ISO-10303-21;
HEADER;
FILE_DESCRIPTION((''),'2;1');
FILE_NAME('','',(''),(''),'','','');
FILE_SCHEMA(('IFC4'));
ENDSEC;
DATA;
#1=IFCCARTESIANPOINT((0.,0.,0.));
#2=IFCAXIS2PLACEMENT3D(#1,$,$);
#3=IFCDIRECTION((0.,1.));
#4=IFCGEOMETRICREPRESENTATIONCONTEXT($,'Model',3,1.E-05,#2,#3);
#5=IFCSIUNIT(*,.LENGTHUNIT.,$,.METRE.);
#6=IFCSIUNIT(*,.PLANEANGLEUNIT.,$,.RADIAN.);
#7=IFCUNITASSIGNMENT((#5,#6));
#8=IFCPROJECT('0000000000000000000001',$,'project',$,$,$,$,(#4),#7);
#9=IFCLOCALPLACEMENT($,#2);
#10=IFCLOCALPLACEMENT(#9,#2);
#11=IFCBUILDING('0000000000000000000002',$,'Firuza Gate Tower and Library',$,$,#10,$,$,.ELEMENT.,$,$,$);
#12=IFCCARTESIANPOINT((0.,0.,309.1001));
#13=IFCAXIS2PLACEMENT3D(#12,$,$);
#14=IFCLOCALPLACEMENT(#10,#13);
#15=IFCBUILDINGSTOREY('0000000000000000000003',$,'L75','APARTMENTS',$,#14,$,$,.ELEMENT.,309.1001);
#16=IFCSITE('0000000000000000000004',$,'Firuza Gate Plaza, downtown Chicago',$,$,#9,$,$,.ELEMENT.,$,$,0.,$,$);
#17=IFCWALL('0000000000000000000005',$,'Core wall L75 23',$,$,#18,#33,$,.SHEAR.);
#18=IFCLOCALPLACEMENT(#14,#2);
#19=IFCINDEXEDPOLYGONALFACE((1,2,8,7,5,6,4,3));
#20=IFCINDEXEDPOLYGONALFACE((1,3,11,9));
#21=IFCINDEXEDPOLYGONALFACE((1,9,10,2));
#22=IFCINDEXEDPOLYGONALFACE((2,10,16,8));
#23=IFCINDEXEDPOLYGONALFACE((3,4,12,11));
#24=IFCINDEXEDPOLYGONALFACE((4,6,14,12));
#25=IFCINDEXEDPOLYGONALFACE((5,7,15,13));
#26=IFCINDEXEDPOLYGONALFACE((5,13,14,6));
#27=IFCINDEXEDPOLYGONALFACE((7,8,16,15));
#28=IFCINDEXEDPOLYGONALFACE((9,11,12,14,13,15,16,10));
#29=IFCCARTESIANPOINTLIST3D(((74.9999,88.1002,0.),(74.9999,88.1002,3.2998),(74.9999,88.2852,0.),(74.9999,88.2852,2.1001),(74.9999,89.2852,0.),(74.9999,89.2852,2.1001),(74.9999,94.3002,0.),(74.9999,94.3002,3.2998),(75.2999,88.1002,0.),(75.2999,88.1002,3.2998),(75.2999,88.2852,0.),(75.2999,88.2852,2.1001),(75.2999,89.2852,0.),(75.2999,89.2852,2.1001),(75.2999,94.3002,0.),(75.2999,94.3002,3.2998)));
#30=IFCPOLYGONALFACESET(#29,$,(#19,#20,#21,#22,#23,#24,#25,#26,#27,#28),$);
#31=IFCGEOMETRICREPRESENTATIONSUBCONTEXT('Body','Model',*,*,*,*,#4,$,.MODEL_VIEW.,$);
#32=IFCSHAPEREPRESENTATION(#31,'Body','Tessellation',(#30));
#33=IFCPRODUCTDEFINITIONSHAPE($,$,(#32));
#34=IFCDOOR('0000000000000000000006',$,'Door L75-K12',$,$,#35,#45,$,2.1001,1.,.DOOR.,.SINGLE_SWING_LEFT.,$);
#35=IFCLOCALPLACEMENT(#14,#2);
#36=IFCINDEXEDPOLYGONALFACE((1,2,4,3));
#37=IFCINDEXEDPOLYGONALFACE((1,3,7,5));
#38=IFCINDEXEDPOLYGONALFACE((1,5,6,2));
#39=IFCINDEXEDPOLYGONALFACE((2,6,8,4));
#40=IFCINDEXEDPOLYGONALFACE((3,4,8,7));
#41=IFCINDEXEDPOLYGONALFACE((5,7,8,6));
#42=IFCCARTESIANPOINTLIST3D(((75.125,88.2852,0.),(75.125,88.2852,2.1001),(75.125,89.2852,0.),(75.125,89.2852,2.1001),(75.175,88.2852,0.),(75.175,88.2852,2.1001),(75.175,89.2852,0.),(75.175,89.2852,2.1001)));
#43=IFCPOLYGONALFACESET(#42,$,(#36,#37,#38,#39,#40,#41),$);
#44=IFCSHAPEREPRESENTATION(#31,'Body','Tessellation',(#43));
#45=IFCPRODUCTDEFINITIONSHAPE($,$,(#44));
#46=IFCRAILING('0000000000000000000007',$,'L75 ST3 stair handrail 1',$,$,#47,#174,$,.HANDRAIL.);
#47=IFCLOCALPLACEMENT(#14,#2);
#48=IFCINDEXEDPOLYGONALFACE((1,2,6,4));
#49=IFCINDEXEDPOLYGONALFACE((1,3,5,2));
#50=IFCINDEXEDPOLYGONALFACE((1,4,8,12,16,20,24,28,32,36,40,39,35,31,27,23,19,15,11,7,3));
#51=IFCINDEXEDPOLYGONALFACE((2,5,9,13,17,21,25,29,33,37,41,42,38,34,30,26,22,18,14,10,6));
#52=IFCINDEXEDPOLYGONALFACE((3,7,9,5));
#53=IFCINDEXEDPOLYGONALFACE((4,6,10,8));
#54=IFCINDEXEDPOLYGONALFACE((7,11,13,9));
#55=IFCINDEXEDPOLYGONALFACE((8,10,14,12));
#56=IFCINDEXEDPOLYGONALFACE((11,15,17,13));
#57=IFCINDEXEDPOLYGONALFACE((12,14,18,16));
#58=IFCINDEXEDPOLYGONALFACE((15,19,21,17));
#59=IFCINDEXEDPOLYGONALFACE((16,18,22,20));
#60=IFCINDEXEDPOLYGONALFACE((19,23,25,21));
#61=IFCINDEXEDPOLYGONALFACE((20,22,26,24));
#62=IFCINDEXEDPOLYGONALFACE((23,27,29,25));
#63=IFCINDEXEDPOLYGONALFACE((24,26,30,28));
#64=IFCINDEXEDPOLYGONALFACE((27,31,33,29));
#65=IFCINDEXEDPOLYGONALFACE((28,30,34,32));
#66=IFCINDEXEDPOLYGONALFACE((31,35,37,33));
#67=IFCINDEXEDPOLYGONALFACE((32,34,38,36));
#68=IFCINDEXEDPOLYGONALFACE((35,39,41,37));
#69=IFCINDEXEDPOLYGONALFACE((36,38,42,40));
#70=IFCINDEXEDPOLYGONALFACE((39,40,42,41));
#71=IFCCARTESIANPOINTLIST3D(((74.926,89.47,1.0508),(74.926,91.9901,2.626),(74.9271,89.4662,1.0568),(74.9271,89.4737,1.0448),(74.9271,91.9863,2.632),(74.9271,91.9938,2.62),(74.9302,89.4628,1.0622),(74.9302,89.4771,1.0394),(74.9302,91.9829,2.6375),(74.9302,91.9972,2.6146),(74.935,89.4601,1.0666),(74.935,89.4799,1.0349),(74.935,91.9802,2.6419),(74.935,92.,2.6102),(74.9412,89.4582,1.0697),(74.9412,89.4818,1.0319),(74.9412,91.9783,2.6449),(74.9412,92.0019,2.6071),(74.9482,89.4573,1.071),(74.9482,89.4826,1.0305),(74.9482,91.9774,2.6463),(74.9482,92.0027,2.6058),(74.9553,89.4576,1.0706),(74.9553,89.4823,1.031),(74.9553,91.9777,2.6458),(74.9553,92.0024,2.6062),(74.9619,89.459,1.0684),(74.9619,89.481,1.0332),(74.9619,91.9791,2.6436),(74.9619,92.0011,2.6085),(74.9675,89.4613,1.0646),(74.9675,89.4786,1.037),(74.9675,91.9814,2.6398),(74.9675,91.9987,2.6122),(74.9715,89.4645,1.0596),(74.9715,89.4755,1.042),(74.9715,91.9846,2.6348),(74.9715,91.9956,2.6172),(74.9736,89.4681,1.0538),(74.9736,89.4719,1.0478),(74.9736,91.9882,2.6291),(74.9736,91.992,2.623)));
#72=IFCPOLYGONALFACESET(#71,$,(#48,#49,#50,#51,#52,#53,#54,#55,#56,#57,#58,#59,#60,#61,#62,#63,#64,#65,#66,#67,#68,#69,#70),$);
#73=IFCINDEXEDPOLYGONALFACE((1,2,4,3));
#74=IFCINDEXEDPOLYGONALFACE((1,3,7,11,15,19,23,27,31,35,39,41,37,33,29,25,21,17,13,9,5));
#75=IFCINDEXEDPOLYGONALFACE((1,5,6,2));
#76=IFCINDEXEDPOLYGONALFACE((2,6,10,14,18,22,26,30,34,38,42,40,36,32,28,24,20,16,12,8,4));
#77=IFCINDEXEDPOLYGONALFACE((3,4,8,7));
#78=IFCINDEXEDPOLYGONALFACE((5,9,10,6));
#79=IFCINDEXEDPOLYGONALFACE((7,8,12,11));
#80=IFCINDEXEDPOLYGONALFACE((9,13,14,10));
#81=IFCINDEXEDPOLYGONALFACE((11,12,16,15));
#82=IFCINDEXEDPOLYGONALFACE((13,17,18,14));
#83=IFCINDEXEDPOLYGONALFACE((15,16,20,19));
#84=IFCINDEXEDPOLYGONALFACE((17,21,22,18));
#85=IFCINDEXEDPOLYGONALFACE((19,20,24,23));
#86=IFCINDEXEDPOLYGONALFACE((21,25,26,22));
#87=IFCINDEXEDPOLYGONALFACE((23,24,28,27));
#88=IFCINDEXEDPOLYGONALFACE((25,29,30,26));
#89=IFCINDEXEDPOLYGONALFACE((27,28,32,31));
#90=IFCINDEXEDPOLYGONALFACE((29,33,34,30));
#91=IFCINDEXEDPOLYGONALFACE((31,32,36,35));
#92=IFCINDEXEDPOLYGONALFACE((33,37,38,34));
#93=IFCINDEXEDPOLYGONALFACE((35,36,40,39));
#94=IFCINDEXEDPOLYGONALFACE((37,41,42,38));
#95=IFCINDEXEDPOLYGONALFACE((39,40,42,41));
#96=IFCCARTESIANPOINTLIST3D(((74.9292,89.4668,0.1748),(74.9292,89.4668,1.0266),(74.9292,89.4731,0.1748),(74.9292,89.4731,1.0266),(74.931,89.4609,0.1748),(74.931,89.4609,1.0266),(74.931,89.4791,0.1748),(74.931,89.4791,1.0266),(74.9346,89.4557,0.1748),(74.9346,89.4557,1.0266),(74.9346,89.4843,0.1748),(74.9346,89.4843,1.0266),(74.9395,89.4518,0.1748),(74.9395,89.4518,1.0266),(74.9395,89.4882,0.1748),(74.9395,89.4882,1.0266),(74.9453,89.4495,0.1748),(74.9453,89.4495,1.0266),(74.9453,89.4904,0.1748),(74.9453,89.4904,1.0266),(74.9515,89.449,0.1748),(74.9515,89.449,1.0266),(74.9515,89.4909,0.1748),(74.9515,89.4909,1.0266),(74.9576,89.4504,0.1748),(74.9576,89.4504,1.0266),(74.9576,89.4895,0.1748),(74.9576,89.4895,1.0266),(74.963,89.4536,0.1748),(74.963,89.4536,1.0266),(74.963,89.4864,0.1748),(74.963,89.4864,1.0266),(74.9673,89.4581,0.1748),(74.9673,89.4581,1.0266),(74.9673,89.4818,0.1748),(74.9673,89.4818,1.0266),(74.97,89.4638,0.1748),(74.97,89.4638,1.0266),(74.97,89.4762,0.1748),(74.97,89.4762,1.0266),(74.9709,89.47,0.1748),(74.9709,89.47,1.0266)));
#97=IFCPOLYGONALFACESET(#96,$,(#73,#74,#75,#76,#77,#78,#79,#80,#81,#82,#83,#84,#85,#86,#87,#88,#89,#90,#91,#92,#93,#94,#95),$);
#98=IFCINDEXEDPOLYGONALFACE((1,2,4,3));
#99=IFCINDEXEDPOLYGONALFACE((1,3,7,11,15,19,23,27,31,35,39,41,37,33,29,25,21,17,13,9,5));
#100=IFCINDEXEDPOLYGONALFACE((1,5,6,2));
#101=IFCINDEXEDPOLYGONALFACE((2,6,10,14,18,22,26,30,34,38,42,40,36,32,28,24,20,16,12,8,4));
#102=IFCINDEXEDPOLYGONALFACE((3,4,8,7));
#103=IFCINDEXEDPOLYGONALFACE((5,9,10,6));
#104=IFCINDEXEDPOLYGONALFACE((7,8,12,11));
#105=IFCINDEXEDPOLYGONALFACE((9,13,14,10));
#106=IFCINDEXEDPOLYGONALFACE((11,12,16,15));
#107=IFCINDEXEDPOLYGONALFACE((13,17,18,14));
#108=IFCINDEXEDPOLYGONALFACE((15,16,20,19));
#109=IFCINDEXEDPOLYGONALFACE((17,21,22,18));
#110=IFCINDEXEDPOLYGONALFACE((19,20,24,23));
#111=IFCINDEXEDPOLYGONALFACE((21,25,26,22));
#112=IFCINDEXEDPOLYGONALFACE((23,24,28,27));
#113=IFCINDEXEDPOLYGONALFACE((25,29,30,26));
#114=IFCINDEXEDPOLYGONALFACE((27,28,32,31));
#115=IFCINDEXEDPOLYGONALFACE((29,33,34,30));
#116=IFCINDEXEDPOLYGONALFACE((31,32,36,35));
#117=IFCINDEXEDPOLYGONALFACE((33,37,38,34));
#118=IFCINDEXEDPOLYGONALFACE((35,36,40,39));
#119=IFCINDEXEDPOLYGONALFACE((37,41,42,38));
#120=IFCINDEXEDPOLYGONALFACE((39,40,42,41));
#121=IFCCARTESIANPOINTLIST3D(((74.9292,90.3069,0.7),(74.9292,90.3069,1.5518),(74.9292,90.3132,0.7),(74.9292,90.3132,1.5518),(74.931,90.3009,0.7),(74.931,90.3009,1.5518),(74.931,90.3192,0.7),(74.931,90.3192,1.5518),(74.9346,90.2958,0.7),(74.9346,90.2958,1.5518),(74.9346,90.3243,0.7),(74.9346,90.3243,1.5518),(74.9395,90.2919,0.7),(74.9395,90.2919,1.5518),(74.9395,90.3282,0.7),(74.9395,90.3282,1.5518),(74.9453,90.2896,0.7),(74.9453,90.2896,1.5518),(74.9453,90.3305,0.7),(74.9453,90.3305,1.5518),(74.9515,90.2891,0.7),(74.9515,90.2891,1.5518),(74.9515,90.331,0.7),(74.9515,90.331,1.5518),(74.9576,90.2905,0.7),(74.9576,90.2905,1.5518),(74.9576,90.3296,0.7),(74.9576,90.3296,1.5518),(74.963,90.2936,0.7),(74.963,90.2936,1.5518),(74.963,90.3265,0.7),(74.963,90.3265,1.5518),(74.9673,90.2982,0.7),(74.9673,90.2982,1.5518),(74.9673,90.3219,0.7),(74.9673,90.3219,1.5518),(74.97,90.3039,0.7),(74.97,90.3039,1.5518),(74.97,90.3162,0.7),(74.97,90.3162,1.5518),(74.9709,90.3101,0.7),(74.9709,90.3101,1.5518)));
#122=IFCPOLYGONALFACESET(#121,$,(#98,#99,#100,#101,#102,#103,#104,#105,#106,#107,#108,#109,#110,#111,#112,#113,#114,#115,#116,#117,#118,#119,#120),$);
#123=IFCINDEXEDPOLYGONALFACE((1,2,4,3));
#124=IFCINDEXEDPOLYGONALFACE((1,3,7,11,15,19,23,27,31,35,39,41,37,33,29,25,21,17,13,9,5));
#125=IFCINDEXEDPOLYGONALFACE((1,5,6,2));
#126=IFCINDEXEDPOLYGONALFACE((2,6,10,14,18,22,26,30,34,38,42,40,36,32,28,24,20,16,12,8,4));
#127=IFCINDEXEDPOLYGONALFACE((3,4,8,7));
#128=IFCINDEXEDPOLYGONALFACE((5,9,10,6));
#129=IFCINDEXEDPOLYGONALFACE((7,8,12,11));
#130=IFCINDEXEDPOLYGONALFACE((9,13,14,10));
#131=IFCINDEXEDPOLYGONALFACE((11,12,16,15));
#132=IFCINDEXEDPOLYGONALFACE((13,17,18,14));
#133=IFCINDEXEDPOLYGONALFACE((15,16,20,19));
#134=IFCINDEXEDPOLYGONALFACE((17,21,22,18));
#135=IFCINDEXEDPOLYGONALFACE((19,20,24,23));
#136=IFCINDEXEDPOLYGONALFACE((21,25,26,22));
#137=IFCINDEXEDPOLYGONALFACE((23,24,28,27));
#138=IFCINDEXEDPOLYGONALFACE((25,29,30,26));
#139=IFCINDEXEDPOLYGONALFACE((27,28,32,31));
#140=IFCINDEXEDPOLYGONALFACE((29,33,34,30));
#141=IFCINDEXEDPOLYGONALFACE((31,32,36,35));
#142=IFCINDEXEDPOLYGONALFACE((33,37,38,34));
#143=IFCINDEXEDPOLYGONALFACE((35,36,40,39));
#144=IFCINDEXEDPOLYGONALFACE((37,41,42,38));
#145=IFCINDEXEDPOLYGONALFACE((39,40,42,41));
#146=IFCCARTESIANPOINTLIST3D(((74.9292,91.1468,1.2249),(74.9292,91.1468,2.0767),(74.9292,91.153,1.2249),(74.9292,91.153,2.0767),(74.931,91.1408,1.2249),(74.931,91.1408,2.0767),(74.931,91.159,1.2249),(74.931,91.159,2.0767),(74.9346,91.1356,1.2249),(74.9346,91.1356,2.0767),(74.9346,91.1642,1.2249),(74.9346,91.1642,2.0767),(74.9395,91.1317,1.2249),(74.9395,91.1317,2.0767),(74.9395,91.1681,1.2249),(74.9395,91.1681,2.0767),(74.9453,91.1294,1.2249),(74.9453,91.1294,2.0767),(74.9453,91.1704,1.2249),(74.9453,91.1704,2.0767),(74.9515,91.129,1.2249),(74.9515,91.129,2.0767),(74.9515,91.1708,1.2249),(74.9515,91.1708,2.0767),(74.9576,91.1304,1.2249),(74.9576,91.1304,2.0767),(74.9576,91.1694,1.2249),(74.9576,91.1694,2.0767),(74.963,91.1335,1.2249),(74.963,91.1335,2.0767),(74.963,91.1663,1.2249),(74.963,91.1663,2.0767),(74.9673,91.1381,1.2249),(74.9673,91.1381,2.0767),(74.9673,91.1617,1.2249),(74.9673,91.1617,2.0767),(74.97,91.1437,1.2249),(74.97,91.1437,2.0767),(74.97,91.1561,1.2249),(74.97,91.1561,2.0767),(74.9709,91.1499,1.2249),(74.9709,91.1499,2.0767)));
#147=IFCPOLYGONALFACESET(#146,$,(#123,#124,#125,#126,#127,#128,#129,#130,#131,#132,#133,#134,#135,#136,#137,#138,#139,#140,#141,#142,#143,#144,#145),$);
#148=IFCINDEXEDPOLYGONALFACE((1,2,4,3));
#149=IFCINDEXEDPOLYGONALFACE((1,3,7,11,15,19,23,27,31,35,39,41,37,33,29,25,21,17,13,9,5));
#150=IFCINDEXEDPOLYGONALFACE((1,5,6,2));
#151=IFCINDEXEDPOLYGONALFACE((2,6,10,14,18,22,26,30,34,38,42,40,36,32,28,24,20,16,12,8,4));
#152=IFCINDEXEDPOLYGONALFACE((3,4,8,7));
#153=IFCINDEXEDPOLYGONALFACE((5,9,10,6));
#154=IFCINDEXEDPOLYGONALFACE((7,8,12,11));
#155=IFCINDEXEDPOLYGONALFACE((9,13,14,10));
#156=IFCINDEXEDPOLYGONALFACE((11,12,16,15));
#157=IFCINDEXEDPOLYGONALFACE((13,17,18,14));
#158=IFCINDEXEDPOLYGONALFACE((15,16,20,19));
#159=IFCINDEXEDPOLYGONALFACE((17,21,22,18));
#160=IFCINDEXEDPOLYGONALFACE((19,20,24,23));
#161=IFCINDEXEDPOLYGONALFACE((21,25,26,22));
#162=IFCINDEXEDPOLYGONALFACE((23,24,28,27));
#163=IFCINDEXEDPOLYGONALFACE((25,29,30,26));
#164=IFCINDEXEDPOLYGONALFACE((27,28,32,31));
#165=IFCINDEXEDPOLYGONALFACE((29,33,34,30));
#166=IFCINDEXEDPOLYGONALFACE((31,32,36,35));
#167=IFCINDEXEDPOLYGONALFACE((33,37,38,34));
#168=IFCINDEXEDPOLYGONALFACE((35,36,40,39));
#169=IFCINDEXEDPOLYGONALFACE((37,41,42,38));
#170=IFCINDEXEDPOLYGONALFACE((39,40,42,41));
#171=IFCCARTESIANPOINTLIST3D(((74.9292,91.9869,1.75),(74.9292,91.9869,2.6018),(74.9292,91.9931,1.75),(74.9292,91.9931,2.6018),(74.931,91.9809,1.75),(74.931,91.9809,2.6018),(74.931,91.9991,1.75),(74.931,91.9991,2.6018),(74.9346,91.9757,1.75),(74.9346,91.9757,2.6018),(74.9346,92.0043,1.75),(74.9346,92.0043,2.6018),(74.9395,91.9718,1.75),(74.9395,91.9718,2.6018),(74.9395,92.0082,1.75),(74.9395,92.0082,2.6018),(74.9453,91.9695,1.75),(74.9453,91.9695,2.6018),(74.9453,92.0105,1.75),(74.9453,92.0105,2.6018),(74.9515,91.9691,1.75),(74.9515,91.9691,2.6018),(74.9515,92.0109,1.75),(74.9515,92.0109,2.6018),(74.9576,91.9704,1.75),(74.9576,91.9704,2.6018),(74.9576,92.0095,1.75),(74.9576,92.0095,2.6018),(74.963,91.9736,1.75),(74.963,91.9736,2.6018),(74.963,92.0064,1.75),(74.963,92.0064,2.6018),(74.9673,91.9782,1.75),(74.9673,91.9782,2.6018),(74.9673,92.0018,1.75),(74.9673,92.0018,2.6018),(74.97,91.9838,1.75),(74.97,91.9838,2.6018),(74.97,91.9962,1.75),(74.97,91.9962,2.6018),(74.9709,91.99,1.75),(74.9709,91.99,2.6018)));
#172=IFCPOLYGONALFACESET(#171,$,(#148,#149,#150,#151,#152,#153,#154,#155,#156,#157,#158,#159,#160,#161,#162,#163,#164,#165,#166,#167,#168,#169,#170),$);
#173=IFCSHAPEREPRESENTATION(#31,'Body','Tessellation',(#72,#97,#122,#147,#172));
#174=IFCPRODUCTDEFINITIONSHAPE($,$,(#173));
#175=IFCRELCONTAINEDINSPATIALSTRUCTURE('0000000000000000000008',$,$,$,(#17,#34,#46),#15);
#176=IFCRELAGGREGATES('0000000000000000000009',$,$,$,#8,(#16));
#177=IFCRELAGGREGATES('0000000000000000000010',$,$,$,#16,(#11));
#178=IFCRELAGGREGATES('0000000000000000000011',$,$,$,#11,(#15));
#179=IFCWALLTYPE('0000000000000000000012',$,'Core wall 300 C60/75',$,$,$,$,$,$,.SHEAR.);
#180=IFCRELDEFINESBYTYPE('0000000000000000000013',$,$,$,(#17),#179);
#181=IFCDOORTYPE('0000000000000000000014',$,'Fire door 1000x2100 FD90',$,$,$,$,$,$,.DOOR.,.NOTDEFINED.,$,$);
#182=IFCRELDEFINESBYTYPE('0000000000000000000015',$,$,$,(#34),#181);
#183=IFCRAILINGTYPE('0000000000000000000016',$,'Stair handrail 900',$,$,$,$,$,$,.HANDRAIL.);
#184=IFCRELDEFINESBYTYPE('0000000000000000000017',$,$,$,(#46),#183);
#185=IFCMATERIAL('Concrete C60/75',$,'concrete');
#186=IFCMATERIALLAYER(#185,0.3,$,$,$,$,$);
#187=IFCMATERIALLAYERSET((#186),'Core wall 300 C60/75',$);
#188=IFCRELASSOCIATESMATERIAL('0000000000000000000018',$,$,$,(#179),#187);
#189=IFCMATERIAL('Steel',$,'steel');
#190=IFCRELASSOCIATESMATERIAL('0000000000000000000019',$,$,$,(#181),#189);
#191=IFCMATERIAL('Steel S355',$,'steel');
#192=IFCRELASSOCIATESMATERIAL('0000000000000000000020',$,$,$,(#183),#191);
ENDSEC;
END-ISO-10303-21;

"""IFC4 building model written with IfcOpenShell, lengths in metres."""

from ifc_helpers import new_model, si_unit, direction, frame, frame_2d, origin, origin_2d, place, context, subcontext, project, spatial, rectangle, circle, extrude, material, layer, layer_set, type_object, element, fill, save


model = new_model("IFC4")

# Units and contexts
model_context = context("Model", 3, precision=1e-05, world=origin(), true_north=direction((0.0, 1.0)))
body_context = subcontext(model_context, "Body", "Model", "MODEL_VIEW")
ifc_project = project(units=[si_unit("LENGTHUNIT", "METRE"), si_unit("PLANEANGLEUNIT", "RADIAN")], contexts=[model_context])

# Site, building, storey
site_placement = place(None, origin())
site = spatial("IfcSite", under=ifc_project, at=site_placement, Name="Firuza Gate Plaza, downtown Chicago", CompositionType="ELEMENT", RefElevation=0.0)
building_placement = place(site_placement, origin())
building = spatial("IfcBuilding", under=site, at=building_placement, Name="Firuza Gate Tower and Library", CompositionType="ELEMENT")
storey_placement = place(building_placement, frame((0.0, 0.0, 309.1001)))
storey = spatial("IfcBuildingStorey", under=building, at=storey_placement, Name="L75", Description="APARTMENTS", CompositionType="ELEMENT", Elevation=309.1001)

# Shared definitions
ifc_material_1 = material(Name="Concrete C60/75", Category="concrete")
ifc_layer_1 = layer(ifc_material_1, 0.3)
ifc_layer_set_1 = layer_set([ifc_layer_1], Name="Core wall 300 C60/75")
wall_type = type_object("IfcWallType", Name="Core wall 300 C60/75", PredefinedType="SHEAR", material=ifc_layer_set_1)

# Wall, opening, door
wall_1_placement = place(storey_placement, frame((75.1499, 88.1001, 0.0), z_axis=(0.0, 0.0, 1.0), x_axis=(0.0, 1.0, 0.0)))
wall_1 = element("IfcWall", 1, at=wall_1_placement, inside=storey, type_object=wall_type, Name="Core wall L75 23", PredefinedType="SHEAR", context=body_context, shape_type="SweptSolid", body=[
    extrude(rectangle(XDim=6.2, YDim=0.3, at=frame_2d((3.1001, 0.0))), origin(), (0.0, 0.0, 1.0), 3.2998),
])
opening_1_placement = place(wall_1_placement, frame((0.1851, 0.0, 0.0)))
opening_1 = element("IfcOpeningElement", 2, at=opening_1_placement, cuts=wall_1, PredefinedType="OPENING", context=body_context, shape_type="SweptSolid", body=[
    extrude(rectangle(XDim=1.0, YDim=2.1001, at=frame_2d((0.5, 1.05))), frame((0.0, 0.1602, 0.0), z_axis=(0.0, -1.0, 0.0), x_axis=(1.0, 0.0, 0.0)), (0.0, 0.0, 1.0), 0.3201),
])
ifc_material_2 = material(Name="Steel", Category="steel")
door_type_1 = type_object("IfcDoorType", Name="Fire door 1000x2100 FD90", OperationType="NOTDEFINED", PredefinedType="DOOR", material=ifc_material_2)
door_1_placement = place(opening_1_placement, origin())
door_1 = element("IfcDoor", 3, at=door_1_placement, inside=storey, type_object=door_type_1, Name="Door L75-K12", OperationType="SINGLE_SWING_LEFT", OverallHeight=2.1001, OverallWidth=1.0, PredefinedType="DOOR", context=body_context, shape_type="SweptSolid", body=[
    extrude(rectangle(XDim=1.0, YDim=2.1001, at=frame_2d((0.5, 1.05))), frame((0.0, 0.0249, 0.0), z_axis=(0.0, -1.0, 0.0), x_axis=(1.0, 0.0, 0.0)), (0.0, 0.0, 1.0), 0.05),
])
fill(opening_1, door_1)

# Railing
ifc_material_3 = material(Name="Steel S355", Category="steel")
railing_type = type_object("IfcRailingType", Name="Stair handrail 900", PredefinedType="HANDRAIL", material=ifc_material_3)
railing_placement = place(storey_placement, frame((74.95, 89.47, 0.1748)))
element("IfcRailing", 4, at=railing_placement, inside=storey, type_object=railing_type, Name="L75 ST3 stair handrail 1", PredefinedType="HANDRAIL", context=body_context, shape_type="SweptSolid", body=[
    extrude(circle(Radius=0.0239, at=origin_2d()), frame((0.0, 0.0, 0.876), z_axis=(0.0, 0.847971, 0.530043), x_axis=(-1.0, 0.0, 0.0)), (0.0, 0.0, 1.0), 2.9719),
    extrude(circle(Radius=0.021, at=origin_2d()), origin(), (0.0, 0.0, 1.0), 0.8518),
    extrude(circle(Radius=0.021, at=origin_2d()), frame((0.0, 0.8401, 0.5251)), (0.0, 0.0, 1.0), 0.8518),
    extrude(circle(Radius=0.021, at=origin_2d()), frame((0.0, 1.6799, 1.05)), (0.0, 0.0, 1.0), 0.8518),
    extrude(circle(Radius=0.021, at=origin_2d()), frame((0.0, 2.52, 1.5752)), (0.0, 0.0, 1.0), 0.8518),
])

save(model, "model.ifc")
